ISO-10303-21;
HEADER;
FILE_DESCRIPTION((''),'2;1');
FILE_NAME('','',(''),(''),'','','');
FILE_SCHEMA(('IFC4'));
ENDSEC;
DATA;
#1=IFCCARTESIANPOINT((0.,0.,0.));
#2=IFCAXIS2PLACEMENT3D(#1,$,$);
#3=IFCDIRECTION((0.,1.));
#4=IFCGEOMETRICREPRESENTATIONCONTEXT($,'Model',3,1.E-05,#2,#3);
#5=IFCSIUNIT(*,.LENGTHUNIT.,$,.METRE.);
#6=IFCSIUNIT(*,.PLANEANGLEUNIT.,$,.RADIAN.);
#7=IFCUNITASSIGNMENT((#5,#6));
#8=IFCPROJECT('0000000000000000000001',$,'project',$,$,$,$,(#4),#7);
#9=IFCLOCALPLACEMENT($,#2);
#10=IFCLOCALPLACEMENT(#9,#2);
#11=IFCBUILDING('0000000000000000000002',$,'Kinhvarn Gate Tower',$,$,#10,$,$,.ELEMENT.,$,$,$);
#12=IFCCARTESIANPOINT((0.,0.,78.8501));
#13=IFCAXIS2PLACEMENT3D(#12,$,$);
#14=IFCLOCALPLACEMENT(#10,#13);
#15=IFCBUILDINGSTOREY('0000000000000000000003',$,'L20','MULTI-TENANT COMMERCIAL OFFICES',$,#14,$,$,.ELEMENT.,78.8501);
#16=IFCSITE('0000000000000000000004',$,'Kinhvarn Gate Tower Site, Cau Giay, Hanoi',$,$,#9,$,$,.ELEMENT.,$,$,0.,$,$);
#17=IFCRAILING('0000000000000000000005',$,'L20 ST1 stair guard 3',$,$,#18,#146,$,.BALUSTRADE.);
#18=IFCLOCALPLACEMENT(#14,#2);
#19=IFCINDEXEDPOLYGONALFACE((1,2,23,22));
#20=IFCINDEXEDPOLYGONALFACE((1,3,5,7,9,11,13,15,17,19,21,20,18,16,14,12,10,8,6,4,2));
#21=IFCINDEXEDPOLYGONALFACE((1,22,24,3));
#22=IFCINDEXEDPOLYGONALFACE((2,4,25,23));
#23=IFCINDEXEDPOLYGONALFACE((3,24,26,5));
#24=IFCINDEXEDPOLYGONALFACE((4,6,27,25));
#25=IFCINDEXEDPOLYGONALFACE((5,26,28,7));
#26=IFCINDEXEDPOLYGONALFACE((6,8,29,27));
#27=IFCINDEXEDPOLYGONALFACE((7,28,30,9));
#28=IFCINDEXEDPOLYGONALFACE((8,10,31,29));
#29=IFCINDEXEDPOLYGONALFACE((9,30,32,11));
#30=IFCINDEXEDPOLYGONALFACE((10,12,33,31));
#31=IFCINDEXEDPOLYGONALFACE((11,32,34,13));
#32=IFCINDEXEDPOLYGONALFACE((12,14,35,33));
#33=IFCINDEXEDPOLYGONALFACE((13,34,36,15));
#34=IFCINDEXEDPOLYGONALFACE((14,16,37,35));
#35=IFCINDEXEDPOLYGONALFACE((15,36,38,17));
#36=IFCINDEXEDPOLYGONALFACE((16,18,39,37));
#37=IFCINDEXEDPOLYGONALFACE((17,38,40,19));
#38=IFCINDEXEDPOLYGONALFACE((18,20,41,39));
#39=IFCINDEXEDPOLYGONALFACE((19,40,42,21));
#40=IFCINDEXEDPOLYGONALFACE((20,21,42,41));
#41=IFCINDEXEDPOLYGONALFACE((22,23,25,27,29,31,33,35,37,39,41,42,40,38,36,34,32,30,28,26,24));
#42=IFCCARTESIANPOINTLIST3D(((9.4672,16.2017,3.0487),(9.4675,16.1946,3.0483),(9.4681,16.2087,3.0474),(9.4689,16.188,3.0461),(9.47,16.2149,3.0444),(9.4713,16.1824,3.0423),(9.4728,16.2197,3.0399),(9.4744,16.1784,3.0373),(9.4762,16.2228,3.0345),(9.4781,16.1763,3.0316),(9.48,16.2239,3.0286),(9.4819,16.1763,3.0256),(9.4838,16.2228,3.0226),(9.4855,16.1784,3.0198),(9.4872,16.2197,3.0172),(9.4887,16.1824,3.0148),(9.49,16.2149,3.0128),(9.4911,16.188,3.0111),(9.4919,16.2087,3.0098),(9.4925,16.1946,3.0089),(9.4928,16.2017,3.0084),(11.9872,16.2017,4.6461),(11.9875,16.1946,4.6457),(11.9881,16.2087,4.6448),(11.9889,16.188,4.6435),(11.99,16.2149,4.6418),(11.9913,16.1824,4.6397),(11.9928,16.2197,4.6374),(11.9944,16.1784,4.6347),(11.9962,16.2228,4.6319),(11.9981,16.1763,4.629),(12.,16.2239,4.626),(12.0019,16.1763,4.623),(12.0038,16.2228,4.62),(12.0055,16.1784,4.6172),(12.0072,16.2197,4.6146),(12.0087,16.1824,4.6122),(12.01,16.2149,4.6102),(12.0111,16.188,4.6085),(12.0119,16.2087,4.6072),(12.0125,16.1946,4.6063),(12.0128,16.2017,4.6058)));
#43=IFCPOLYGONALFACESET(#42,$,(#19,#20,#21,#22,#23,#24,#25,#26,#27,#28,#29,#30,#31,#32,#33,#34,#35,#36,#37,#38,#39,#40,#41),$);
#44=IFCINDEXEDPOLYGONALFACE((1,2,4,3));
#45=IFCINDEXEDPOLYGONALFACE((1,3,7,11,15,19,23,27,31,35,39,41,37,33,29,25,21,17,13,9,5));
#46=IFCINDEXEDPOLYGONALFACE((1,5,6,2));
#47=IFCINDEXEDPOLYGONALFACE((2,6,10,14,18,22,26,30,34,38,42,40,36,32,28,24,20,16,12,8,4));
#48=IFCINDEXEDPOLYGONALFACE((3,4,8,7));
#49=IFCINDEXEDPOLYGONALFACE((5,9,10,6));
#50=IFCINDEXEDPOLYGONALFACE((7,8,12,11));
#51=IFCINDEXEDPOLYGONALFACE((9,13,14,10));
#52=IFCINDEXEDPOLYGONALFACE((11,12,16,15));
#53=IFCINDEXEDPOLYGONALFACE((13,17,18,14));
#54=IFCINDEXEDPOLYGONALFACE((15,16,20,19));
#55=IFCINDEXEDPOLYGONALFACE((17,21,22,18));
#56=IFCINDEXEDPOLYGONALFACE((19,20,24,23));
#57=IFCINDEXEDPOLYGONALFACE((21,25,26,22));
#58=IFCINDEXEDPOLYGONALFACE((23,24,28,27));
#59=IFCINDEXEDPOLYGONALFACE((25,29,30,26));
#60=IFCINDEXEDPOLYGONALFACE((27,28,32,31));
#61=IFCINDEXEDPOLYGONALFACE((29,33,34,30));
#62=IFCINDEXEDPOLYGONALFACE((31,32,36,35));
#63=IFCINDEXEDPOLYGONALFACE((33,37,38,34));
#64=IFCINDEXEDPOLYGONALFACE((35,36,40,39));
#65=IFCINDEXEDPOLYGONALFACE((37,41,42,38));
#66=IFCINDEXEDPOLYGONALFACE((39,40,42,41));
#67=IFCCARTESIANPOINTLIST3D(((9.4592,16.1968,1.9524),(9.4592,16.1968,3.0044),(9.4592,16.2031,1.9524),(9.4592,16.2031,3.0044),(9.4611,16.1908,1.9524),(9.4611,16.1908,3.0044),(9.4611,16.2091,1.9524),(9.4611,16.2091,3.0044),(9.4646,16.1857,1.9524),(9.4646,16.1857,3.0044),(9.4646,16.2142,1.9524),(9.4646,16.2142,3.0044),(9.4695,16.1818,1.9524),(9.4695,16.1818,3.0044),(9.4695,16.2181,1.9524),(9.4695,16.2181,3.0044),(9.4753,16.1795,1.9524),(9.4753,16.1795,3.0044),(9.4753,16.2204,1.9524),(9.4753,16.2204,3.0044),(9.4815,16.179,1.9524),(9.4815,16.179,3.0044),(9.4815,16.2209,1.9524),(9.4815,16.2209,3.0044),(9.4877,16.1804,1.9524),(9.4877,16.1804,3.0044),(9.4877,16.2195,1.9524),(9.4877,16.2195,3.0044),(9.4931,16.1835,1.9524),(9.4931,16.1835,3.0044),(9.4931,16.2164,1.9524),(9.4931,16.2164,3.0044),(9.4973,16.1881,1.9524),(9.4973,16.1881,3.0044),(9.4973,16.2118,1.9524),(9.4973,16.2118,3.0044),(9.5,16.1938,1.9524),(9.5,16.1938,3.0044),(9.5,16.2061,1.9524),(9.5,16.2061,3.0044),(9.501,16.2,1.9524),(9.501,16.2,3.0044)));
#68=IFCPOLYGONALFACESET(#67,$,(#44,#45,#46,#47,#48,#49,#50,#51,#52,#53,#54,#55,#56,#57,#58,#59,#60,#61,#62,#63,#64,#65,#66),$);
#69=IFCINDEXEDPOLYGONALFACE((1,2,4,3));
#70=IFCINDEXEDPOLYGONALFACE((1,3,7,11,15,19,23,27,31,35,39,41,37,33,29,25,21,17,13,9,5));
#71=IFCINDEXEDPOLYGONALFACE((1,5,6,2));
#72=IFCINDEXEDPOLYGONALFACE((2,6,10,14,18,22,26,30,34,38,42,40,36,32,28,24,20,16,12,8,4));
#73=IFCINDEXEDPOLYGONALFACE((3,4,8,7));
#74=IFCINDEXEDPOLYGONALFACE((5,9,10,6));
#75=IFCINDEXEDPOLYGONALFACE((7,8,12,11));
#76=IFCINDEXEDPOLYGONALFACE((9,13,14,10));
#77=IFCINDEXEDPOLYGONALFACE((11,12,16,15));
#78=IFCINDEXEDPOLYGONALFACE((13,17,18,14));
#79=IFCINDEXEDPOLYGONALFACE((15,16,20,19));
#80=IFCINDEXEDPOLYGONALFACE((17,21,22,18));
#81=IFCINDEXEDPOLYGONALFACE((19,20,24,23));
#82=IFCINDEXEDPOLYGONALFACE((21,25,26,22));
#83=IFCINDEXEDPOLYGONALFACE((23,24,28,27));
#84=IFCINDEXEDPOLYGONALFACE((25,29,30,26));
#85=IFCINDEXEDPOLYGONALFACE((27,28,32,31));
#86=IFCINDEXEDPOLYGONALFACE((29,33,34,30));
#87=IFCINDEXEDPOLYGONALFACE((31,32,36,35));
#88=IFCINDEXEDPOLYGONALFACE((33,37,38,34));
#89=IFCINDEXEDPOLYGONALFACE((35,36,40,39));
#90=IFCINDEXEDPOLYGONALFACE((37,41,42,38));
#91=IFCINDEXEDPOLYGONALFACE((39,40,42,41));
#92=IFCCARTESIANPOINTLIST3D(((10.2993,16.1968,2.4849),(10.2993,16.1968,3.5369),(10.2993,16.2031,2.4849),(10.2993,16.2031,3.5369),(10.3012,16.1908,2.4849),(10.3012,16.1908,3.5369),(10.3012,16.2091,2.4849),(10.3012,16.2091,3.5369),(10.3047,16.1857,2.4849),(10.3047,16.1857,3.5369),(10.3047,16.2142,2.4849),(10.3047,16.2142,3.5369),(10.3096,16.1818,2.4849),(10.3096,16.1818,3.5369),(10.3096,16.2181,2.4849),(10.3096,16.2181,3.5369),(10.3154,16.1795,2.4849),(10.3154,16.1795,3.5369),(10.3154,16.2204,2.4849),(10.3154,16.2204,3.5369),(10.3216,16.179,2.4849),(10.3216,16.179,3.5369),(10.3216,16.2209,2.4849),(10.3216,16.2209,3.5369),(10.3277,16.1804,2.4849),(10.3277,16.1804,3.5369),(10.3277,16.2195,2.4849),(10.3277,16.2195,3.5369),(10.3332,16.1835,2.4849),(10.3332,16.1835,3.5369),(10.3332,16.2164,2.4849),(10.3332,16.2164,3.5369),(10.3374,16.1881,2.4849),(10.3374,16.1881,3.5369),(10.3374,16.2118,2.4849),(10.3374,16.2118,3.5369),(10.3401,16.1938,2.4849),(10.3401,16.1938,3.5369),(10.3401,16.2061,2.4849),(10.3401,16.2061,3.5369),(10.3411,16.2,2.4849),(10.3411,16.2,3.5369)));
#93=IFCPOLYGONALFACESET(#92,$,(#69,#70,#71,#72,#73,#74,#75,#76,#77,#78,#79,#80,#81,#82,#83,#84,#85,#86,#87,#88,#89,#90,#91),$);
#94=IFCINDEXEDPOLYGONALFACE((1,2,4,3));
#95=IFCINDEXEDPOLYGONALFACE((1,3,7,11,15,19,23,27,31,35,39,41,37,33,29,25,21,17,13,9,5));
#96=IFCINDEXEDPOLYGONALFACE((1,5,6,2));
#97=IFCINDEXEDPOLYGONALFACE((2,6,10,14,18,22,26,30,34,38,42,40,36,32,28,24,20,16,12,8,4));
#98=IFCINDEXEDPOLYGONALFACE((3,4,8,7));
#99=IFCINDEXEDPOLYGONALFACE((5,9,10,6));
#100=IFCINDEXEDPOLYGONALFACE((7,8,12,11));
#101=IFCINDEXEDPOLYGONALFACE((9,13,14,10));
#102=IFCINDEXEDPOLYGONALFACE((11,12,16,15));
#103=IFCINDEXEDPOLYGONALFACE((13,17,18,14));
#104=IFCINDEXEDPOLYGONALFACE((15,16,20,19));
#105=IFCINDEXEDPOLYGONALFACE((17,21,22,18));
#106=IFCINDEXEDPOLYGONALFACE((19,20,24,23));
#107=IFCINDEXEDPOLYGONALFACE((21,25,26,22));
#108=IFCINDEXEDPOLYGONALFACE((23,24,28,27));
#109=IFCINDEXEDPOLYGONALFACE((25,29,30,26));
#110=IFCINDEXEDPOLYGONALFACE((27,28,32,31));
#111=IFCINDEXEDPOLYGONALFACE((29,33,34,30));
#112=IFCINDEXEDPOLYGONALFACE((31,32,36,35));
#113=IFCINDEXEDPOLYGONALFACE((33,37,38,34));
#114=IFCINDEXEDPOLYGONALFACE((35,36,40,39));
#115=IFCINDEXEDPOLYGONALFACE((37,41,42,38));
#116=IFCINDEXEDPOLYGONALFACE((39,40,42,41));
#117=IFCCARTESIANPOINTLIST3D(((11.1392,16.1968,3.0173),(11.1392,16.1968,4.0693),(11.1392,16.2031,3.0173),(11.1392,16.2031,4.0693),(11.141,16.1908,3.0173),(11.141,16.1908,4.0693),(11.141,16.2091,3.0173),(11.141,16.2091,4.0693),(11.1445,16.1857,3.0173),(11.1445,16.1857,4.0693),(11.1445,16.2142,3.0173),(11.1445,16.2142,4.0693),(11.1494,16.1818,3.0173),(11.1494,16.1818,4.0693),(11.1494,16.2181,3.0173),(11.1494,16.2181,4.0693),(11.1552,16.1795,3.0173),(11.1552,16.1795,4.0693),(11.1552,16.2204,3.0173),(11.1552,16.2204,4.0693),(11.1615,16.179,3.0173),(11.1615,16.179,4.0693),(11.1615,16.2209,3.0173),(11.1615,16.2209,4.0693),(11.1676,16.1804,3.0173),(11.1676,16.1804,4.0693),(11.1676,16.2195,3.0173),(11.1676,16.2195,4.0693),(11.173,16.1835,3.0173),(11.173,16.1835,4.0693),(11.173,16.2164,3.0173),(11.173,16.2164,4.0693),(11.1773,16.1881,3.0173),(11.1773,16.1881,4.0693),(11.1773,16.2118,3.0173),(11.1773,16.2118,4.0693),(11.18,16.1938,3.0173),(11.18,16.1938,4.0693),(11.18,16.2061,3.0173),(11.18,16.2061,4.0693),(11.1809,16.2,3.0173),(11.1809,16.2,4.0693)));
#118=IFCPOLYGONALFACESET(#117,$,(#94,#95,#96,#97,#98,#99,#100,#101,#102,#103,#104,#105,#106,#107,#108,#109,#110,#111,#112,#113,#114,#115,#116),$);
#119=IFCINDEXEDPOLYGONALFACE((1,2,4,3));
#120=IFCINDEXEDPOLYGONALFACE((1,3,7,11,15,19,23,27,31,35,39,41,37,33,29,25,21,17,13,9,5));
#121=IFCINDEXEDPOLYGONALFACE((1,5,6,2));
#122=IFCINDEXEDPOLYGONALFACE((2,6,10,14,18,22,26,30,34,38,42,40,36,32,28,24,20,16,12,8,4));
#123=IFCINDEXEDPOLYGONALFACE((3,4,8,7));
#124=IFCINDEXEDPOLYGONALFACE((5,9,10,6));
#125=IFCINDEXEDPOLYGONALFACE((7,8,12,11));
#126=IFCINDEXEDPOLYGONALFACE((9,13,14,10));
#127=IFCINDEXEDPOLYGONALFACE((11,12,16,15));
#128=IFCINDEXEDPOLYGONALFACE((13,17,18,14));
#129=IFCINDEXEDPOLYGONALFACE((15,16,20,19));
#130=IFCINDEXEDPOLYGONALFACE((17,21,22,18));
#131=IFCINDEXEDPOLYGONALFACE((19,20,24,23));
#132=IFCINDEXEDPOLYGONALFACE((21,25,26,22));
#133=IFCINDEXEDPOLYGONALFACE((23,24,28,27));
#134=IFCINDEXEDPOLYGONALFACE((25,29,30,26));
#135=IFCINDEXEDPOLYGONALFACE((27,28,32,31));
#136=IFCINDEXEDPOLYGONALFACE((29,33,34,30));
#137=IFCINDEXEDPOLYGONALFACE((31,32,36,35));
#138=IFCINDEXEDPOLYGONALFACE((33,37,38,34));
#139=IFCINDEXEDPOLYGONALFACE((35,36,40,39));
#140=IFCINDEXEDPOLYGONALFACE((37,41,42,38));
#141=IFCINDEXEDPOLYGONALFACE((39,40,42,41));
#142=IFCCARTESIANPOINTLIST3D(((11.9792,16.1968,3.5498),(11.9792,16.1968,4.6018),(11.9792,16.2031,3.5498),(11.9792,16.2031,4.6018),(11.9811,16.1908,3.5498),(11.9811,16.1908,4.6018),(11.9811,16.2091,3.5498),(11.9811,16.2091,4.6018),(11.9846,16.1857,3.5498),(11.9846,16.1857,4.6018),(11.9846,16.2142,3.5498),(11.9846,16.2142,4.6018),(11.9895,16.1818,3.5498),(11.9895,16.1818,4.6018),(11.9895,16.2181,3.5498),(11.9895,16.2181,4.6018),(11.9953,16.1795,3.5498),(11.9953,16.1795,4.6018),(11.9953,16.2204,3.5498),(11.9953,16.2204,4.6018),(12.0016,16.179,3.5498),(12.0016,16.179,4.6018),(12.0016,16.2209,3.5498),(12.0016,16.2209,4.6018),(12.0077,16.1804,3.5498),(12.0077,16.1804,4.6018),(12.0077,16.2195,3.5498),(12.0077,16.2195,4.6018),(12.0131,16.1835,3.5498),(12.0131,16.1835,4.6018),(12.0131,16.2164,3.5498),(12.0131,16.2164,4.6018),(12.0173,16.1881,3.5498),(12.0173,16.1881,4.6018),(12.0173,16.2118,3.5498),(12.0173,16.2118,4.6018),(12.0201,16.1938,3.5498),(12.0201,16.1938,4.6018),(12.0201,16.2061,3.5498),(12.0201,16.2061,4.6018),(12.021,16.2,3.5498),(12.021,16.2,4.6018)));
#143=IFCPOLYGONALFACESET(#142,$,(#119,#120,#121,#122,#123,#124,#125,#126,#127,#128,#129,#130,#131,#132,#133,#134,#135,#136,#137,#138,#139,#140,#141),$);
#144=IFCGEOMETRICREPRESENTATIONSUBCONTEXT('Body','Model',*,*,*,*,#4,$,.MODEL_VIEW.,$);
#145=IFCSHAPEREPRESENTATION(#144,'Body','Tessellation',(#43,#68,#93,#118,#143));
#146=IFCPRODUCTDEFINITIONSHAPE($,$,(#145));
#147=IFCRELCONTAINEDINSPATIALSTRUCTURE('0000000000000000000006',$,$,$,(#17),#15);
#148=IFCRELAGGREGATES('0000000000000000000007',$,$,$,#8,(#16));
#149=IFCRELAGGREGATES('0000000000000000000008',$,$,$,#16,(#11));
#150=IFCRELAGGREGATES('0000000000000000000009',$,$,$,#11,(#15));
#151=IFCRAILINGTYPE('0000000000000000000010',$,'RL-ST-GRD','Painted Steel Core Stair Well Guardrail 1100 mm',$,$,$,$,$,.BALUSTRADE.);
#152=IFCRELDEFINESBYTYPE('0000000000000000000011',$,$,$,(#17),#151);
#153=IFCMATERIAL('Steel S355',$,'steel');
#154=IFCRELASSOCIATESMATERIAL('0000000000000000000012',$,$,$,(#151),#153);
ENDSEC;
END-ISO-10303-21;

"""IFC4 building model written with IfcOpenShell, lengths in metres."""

from ifc_helpers import new_model, si_unit, direction, frame, origin, origin_2d, place, context, subcontext, project, spatial, circle, extrude, material, type_object, element, save


model = new_model("IFC4")

# Units and contexts
model_context = context("Model", 3, precision=1e-05, world=origin(), true_north=direction((0.0, 1.0)))
body_context = subcontext(model_context, "Body", "Model", "MODEL_VIEW")
ifc_project = project(units=[si_unit("LENGTHUNIT", "METRE"), si_unit("PLANEANGLEUNIT", "RADIAN")], contexts=[model_context])

# Site, building, storey
site_placement = place(None, origin())
site = spatial("IfcSite", under=ifc_project, at=site_placement, Name="Kinhvarn Gate Tower Site, Cau Giay, Hanoi", CompositionType="ELEMENT", RefElevation=0.0)
building_placement = place(site_placement, origin())
building = spatial("IfcBuilding", under=site, at=building_placement, Name="Kinhvarn Gate Tower", CompositionType="ELEMENT")
storey_placement = place(building_placement, frame((0.0, 0.0, 78.8501)))
storey = spatial("IfcBuildingStorey", under=building, at=storey_placement, Name="L20", Description="MULTI-TENANT COMMERCIAL OFFICES", CompositionType="ELEMENT", Elevation=78.8501)

# Shared definitions
ifc_material_1 = material(Name="Steel S355", Category="steel")

# Railing
railing_type_1 = type_object("IfcRailingType", Name="RL-ST-GRD", Description="Painted Steel Core Stair Well Guardrail 1100 mm", PredefinedType="BALUSTRADE", material=ifc_material_1)
railing_1_placement = place(storey_placement, frame((9.48, 16.2, 1.9524)))
element("IfcRailing", 1, at=railing_1_placement, inside=storey, type_object=railing_type_1, Name="L20 ST1 stair guard 3", PredefinedType="BALUSTRADE", context=body_context, shape_type="SweptSolid", body=[
    extrude(circle(Radius=0.0239, at=origin_2d()), frame((0.0, 0.0, 1.0762), z_axis=(0.844607, 0.0, 0.535387), x_axis=(0.0, 1.0, 0.0)), (0.0, 0.0, 1.0), 2.9836),
    extrude(circle(Radius=0.021, at=origin_2d()), origin(), (0.0, 0.0, 1.0), 1.052),
    extrude(circle(Radius=0.021, at=origin_2d()), frame((0.8401, 0.0, 0.5325)), (0.0, 0.0, 1.0), 1.052),
    extrude(circle(Radius=0.021, at=origin_2d()), frame((1.6799, 0.0, 1.0649)), (0.0, 0.0, 1.0), 1.052),
    extrude(circle(Radius=0.021, at=origin_2d()), frame((2.52, 0.0, 1.5974)), (0.0, 0.0, 1.0), 1.052),
])

save(model, "model.ifc")
